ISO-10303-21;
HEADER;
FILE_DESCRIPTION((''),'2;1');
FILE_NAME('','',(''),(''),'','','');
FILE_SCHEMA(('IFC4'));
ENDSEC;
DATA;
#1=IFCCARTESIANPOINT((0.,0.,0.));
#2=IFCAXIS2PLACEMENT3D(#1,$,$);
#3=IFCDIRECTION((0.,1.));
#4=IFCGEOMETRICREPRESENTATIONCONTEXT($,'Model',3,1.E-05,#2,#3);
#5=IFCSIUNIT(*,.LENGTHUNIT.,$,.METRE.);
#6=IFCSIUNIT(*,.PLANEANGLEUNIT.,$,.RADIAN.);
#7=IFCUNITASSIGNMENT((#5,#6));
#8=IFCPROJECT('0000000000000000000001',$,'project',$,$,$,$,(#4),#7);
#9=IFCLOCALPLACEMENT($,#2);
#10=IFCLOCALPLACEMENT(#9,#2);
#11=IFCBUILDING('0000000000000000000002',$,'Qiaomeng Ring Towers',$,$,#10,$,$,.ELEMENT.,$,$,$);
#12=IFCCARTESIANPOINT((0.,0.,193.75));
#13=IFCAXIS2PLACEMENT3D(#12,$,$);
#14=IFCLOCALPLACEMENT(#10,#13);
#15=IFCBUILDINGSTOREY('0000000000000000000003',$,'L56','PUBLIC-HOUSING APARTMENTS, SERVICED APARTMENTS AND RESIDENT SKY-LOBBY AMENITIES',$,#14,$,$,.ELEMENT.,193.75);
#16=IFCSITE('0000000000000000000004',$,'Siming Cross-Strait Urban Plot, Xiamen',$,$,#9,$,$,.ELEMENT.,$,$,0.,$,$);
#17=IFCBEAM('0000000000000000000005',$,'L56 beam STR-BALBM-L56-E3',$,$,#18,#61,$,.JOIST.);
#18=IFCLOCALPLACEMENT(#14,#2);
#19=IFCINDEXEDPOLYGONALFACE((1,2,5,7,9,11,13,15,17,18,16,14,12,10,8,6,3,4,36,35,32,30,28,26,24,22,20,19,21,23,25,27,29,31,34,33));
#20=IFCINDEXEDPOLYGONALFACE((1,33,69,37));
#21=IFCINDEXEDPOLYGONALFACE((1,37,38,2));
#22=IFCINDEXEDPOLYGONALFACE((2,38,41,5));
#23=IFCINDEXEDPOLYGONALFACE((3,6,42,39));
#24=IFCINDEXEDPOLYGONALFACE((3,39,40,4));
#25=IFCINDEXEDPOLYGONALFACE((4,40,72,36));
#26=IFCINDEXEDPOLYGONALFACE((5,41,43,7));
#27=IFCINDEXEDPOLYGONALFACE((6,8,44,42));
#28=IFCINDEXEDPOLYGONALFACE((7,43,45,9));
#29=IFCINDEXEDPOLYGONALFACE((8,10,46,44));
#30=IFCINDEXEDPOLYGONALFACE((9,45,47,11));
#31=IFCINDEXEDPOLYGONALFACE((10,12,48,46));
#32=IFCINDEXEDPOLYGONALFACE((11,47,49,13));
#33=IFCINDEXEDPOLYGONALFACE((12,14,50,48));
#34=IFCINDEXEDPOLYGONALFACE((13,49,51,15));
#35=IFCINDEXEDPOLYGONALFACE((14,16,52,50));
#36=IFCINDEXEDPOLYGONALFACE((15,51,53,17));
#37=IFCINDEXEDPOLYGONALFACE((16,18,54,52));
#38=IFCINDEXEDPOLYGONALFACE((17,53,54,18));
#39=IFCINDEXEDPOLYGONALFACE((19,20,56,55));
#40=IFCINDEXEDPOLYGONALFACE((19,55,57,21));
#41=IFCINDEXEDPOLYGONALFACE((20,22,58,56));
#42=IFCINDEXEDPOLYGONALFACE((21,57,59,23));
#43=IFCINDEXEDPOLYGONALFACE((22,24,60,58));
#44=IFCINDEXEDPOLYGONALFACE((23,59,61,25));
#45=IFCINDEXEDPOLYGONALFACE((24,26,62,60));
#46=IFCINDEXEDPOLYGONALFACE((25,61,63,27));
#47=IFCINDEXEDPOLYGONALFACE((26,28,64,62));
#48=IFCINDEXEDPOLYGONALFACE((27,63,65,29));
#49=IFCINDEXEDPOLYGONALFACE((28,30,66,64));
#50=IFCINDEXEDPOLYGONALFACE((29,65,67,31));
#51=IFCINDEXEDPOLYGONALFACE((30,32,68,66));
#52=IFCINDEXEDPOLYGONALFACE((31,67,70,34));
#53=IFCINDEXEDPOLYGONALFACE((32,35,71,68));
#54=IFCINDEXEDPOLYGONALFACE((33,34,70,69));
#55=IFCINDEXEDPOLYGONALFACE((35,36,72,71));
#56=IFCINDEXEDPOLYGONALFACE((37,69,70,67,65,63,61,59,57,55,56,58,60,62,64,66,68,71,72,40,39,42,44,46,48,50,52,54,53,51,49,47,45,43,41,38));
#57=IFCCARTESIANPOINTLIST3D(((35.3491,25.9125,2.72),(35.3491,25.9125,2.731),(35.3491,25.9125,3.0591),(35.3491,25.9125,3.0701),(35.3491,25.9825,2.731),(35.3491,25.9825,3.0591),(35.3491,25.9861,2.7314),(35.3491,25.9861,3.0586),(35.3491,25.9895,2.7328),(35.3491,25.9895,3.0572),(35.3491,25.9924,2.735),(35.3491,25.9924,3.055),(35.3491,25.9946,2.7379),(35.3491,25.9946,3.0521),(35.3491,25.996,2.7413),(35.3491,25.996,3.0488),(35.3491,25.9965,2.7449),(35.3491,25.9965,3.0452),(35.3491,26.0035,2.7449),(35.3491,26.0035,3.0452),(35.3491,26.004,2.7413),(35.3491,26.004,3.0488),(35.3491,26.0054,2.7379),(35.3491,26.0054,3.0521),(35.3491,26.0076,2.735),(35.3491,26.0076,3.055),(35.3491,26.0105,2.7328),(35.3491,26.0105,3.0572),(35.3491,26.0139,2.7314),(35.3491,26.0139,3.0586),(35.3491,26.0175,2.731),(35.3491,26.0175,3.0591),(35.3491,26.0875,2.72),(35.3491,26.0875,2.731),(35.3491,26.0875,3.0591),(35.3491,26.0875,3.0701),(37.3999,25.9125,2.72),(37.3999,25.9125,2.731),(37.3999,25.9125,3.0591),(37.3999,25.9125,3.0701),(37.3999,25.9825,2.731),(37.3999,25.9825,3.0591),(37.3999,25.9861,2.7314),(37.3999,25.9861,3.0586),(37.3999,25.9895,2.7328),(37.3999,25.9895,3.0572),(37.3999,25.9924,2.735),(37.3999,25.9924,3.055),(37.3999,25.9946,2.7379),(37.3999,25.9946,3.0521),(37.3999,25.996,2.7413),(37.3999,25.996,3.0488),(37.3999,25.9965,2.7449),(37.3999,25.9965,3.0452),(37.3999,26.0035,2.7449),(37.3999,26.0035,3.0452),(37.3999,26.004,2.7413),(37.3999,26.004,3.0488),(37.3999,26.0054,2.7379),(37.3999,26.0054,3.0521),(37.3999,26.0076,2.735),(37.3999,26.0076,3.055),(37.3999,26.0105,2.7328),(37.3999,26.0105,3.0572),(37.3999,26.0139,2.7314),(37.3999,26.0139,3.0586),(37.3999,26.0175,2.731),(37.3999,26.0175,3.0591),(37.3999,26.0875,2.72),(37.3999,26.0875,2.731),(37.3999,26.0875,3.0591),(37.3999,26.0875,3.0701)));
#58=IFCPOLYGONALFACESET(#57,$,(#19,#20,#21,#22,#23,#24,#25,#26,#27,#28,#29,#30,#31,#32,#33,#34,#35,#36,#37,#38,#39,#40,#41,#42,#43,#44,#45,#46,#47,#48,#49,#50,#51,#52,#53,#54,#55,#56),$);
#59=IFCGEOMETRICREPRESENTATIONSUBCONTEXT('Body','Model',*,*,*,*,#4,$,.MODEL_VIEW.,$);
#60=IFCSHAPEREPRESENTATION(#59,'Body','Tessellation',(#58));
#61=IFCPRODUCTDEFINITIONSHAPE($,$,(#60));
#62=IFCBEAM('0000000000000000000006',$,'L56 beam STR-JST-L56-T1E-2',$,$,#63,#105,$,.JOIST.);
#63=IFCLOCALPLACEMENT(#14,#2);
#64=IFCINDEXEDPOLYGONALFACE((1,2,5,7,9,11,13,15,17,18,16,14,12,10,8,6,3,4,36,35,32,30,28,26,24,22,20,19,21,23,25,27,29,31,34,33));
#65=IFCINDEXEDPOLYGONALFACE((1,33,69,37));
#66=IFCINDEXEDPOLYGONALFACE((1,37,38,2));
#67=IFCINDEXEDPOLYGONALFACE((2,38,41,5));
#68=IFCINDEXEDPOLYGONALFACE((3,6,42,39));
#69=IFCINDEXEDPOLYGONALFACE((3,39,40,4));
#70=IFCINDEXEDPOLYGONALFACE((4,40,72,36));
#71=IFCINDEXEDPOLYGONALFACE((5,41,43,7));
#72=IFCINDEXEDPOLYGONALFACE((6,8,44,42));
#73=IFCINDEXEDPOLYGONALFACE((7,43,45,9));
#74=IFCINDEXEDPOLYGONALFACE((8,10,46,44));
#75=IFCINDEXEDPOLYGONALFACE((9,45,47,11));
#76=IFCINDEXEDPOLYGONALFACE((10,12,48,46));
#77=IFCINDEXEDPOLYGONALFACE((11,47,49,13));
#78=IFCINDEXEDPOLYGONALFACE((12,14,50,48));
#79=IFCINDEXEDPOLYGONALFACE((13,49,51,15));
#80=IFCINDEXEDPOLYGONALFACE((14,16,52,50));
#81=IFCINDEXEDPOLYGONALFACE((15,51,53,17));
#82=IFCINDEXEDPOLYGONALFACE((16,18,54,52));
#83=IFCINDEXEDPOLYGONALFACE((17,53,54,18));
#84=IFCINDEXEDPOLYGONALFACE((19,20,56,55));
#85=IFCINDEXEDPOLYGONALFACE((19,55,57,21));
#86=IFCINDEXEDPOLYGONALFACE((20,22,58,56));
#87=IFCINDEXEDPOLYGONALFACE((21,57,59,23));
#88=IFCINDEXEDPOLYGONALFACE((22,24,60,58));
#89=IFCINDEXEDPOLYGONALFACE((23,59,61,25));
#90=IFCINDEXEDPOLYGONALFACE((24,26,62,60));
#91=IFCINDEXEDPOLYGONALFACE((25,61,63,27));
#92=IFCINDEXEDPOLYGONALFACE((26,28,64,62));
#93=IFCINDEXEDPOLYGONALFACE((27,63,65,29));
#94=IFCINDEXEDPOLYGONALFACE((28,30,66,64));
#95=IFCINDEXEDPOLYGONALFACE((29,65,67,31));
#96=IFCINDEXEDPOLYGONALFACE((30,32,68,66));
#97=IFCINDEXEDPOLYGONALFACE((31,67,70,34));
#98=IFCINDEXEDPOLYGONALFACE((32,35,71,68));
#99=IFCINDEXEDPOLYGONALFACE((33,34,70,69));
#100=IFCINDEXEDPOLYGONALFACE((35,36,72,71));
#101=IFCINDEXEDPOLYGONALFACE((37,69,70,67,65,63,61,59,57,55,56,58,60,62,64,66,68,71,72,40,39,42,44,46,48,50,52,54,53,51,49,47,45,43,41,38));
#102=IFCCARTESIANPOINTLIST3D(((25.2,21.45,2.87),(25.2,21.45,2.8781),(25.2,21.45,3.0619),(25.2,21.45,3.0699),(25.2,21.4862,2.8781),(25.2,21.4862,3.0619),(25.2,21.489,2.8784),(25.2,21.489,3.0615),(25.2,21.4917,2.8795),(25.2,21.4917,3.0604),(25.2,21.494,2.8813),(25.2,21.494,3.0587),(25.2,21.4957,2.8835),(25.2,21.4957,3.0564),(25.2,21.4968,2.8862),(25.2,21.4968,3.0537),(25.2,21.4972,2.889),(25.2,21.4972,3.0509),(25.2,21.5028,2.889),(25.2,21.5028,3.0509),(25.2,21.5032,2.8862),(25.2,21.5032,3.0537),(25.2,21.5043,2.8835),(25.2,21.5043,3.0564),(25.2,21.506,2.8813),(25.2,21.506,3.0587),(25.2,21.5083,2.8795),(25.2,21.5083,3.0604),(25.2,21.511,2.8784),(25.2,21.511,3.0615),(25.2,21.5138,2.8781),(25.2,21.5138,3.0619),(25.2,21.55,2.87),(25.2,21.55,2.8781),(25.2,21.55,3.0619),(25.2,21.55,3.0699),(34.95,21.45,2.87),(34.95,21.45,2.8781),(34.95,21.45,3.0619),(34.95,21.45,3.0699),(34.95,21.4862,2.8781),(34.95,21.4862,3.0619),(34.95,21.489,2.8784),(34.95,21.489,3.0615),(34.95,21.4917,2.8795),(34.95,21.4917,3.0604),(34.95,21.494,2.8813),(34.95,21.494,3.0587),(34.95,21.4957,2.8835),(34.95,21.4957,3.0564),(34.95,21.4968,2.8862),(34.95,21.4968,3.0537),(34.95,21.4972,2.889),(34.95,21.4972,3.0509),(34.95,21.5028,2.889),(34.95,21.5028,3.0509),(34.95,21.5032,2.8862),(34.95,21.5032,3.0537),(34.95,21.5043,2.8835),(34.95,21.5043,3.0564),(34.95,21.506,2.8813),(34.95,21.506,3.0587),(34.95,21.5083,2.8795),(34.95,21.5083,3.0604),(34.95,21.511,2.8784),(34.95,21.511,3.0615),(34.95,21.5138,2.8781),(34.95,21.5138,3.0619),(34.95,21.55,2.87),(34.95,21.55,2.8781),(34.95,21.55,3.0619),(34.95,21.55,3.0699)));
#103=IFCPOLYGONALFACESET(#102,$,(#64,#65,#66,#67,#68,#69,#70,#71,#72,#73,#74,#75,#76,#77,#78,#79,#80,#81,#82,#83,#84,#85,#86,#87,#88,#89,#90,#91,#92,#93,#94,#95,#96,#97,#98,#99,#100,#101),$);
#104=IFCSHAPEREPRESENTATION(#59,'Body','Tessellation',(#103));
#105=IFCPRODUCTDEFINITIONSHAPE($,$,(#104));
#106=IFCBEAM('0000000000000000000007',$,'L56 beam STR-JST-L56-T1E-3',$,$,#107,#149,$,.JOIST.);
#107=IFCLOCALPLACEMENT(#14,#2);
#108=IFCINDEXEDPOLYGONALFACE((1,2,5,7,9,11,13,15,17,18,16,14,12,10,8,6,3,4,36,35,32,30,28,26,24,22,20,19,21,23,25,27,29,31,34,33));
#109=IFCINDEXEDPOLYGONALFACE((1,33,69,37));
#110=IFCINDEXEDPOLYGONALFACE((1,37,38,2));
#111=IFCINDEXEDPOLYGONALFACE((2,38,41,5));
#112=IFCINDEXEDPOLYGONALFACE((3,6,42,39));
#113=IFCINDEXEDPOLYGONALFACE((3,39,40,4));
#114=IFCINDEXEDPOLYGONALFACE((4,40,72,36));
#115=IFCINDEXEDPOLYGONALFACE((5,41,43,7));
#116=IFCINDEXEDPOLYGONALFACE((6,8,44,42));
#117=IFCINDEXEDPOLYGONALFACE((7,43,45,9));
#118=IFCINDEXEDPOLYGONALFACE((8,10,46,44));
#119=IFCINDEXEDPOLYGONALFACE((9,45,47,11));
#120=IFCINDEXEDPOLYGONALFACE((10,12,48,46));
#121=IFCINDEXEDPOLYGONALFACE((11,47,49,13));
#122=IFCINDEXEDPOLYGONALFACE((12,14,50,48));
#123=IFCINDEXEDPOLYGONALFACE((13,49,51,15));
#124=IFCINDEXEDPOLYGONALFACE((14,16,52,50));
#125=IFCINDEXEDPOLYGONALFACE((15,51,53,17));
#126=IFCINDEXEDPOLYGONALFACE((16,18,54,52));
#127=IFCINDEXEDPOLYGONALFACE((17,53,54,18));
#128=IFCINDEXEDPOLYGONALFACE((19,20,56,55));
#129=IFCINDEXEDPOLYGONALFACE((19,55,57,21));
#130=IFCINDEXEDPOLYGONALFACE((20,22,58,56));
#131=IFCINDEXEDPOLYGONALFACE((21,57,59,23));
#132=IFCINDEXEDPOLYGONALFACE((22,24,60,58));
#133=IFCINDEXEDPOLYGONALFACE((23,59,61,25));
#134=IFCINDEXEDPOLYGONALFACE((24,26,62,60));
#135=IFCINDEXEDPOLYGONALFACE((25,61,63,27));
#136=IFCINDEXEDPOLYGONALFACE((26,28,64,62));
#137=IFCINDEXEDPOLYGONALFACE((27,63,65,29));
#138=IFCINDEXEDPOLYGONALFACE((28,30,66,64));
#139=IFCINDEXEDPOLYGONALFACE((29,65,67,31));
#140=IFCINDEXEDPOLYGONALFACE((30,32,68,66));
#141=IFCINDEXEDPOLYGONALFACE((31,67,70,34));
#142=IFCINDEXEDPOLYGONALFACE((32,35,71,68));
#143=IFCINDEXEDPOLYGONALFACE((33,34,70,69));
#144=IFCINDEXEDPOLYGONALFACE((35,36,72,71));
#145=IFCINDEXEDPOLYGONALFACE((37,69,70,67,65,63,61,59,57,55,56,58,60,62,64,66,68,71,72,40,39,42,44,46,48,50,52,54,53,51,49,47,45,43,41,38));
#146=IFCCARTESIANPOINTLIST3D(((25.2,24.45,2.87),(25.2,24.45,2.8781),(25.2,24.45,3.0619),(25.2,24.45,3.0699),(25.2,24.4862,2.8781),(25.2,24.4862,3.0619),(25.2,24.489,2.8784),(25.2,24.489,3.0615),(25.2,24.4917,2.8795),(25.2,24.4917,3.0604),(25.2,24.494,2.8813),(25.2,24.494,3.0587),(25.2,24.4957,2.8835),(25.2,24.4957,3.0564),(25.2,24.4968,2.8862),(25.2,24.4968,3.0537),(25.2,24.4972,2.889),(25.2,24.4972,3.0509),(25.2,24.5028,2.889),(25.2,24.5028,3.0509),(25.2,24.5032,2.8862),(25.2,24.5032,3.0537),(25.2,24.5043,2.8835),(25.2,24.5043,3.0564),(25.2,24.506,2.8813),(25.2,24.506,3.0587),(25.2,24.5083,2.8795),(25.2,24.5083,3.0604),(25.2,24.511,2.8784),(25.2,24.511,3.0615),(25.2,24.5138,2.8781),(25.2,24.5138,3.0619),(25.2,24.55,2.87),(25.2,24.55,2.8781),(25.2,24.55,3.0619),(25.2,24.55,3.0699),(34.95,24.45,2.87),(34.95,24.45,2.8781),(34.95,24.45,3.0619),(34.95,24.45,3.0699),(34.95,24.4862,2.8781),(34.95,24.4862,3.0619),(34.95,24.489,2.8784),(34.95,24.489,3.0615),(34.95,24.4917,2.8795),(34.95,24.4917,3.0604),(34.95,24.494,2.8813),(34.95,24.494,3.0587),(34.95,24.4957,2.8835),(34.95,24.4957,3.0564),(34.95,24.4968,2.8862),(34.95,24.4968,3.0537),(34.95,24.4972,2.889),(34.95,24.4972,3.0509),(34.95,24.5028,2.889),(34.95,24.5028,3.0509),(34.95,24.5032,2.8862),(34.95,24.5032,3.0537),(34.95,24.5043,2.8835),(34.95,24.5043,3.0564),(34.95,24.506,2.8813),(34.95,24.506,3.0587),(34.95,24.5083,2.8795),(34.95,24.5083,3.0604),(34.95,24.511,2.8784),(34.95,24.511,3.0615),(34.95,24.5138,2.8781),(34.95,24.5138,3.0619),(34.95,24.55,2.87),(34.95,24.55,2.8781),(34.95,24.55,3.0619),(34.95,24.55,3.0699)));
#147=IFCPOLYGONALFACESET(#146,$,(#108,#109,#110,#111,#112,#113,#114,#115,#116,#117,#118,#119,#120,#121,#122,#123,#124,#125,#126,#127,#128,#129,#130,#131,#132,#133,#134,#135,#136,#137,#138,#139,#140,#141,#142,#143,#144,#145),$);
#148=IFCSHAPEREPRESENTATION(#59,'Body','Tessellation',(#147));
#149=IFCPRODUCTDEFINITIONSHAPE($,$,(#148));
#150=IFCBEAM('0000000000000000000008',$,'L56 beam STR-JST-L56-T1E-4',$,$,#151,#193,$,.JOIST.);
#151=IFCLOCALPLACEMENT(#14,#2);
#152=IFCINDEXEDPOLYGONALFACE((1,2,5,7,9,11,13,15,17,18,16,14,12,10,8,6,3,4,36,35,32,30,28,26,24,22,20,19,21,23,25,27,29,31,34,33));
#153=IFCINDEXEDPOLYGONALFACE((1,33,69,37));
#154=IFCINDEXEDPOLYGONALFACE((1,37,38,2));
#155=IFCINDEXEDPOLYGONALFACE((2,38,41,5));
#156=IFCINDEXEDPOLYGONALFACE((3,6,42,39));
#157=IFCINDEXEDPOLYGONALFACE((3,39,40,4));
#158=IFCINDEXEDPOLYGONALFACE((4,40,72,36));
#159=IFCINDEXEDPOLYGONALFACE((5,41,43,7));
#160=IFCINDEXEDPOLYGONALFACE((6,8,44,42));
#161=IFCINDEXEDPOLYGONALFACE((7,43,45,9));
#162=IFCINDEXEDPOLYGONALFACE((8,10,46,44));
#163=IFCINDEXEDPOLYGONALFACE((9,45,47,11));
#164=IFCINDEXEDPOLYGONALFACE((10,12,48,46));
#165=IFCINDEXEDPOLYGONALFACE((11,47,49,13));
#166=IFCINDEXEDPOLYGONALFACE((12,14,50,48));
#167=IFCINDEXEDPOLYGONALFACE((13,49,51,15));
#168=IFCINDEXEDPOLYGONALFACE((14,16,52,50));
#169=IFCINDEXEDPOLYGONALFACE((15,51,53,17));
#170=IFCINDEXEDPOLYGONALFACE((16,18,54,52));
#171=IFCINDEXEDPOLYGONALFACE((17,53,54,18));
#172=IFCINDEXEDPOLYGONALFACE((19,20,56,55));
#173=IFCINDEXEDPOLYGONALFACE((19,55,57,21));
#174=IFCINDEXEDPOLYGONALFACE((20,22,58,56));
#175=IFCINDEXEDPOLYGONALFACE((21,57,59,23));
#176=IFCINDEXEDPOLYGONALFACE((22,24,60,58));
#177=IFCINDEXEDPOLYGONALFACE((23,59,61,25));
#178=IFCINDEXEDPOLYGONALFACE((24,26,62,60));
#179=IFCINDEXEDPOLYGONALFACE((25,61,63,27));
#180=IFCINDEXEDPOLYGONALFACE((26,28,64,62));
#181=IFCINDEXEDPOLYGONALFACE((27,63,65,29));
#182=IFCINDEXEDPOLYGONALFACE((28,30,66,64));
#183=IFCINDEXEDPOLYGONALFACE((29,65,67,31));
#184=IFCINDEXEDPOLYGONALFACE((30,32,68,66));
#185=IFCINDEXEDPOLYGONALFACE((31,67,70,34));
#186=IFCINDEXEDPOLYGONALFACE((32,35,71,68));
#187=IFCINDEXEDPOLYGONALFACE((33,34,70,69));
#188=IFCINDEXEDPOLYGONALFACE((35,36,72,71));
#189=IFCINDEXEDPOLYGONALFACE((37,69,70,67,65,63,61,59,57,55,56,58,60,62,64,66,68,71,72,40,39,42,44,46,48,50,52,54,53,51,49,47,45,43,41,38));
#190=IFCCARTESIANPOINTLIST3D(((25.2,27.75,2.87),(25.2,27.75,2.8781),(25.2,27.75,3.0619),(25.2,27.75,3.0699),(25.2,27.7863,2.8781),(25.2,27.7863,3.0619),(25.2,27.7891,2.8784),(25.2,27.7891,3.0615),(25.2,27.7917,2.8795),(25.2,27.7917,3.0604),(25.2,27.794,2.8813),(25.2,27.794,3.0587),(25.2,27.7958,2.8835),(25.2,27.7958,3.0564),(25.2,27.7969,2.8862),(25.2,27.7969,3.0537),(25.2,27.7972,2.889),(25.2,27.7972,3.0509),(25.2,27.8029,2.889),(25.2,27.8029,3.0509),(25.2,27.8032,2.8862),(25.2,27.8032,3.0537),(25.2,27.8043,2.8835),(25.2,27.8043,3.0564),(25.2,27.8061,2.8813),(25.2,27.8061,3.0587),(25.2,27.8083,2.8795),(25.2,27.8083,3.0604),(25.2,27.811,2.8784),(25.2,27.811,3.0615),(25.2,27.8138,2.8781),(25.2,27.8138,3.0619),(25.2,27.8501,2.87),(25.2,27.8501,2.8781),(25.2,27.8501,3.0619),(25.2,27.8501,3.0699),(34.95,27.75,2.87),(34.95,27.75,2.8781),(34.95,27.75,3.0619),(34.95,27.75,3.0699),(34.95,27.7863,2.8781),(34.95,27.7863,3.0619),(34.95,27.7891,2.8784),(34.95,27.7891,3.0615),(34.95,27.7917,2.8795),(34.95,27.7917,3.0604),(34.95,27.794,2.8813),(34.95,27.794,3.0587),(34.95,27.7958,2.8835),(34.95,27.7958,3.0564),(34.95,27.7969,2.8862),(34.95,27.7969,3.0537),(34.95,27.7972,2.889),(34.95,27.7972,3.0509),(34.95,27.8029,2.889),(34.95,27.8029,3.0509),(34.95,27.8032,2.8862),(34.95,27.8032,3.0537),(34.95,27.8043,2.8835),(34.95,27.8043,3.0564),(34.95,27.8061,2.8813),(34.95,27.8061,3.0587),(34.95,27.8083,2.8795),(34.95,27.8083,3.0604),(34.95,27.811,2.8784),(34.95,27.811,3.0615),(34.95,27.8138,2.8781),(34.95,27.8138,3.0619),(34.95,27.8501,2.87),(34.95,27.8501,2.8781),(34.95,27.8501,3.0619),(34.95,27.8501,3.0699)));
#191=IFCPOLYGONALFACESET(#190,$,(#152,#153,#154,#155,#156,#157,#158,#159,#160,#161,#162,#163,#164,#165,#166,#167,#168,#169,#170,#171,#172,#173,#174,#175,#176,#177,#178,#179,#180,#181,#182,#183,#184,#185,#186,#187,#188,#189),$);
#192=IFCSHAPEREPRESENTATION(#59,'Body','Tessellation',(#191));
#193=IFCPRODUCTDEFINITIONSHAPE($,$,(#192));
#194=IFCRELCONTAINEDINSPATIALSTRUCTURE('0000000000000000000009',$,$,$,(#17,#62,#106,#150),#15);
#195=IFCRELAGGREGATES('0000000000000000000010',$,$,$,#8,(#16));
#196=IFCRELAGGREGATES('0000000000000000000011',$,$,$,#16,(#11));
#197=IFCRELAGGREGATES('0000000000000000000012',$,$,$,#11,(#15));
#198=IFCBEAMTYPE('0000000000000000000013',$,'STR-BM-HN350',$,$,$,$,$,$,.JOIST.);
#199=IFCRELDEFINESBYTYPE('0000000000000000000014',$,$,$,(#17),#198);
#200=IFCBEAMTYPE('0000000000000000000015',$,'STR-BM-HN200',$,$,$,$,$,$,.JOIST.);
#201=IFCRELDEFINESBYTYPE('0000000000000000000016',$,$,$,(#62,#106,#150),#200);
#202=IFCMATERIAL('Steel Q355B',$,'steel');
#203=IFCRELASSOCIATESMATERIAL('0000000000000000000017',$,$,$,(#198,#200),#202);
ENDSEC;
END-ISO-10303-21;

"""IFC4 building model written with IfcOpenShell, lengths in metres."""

from ifc_helpers import new_model, si_unit, direction, frame, origin, origin_2d, place, context, subcontext, project, spatial, i_section, extrude, source, transform, mapped, material, material_profile, profile_set, type_object, element, save


model = new_model("IFC4")

# Units and contexts
model_context = context("Model", 3, precision=1e-05, world=origin(), true_north=direction((0.0, 1.0)))
body_context = subcontext(model_context, "Body", "Model", "MODEL_VIEW")
ifc_project = project(units=[si_unit("LENGTHUNIT", "METRE"), si_unit("PLANEANGLEUNIT", "RADIAN")], contexts=[model_context])

# Site, building, storey
site_placement = place(None, origin())
site = spatial("IfcSite", under=ifc_project, at=site_placement, Name="Siming Cross-Strait Urban Plot, Xiamen", CompositionType="ELEMENT", RefElevation=0.0)
building_placement = place(site_placement, origin())
building = spatial("IfcBuilding", under=site, at=building_placement, Name="Qiaomeng Ring Towers", CompositionType="ELEMENT")
storey_placement = place(building_placement, frame((0.0, 0.0, 193.75)))
storey = spatial("IfcBuildingStorey", under=building, at=storey_placement, Name="L56", Description="PUBLIC-HOUSING APARTMENTS, SERVICED APARTMENTS AND RESIDENT SKY-LOBBY AMENITIES", CompositionType="ELEMENT", Elevation=193.75)

# Beams
ifc_material_1 = material(Name="Steel Q355B", Category="steel")
ifc_material_profile_1 = material_profile(ifc_material_1, i_section(OverallWidth=0.175, OverallDepth=0.3501, WebThickness=0.0071, FlangeThickness=0.011, FilletRadius=0.0139, at=origin_2d()), Name="HN 350x175x7x11")
ifc_profile_set_1 = profile_set([ifc_material_profile_1], Name="Steel Q355B")
beam_type_1 = type_object("IfcBeamType", Name="STR-BM-HN350", PredefinedType="JOIST", material=ifc_profile_set_1)
shared_shape_1 = source(origin(), body_context, "Body", "SweptSolid", [
    extrude(i_section(OverallWidth=0.175, OverallDepth=0.3501, WebThickness=0.0071, FlangeThickness=0.011, FilletRadius=0.0139, at=origin_2d()), origin(), (0.0, 0.0, 1.0), 2.0508),
])
beam_1_placement = place(storey_placement, frame((35.3491, 26.0, 2.895), z_axis=(1.0, 0.0, 0.0), x_axis=(0.0, 1.0, 0.0)))
element("IfcBeam", 1, at=beam_1_placement, inside=storey, type_object=beam_type_1, Name="L56 beam STR-BALBM-L56-E3", PredefinedType="JOIST", context=body_context, shape_type="MappedRepresentation", body=[
    mapped(shared_shape_1, transform((0.0, 0.0, 0.0), x_axis=(1.0, 0.0, 0.0), y_axis=(0.0, 1.0, 0.0), z_axis=(0.0, 0.0, 1.0), scale=1.0)),
])
ifc_material_profile_2 = material_profile(ifc_material_1, i_section(OverallWidth=0.1001, OverallDepth=0.2, WebThickness=0.0056, FlangeThickness=0.0081, FilletRadius=0.011, at=origin_2d()), Name="HN 200x100x5.5x8")
ifc_profile_set_2 = profile_set([ifc_material_profile_2], Name="Steel Q355B")
beam_type_2 = type_object("IfcBeamType", Name="STR-BM-HN200", PredefinedType="JOIST", material=ifc_profile_set_2)
shared_shape_2 = source(origin(), body_context, "Body", "SweptSolid", [
    extrude(i_section(OverallWidth=0.1001, OverallDepth=0.2, WebThickness=0.0056, FlangeThickness=0.0081, FilletRadius=0.011, at=origin_2d()), origin(), (0.0, 0.0, 1.0), 9.75),
])
for number, where, z_axis, x_axis, name in (
    (2, (25.2, 21.5, 2.97), (1.0, 0.0, 0.0), (0.0, 1.0, 0.0), "L56 beam STR-JST-L56-T1E-2"),
    (3, (25.2, 24.5, 2.97), (1.0, 0.0, 0.0), (0.0, 1.0, 0.0), "L56 beam STR-JST-L56-T1E-3"),
    (4, (25.2, 27.8, 2.97), (1.0, 0.0, 0.0), (0.0, 1.0, 0.0), "L56 beam STR-JST-L56-T1E-4"),
):
    element("IfcBeam", number, at=place(storey_placement, frame(where, z_axis=z_axis, x_axis=x_axis)), inside=storey, type_object=beam_type_2, Name=name, PredefinedType="JOIST", context=body_context, shape_type="MappedRepresentation", body=[
        mapped(shared_shape_2, transform((0.0, 0.0, 0.0), x_axis=(1.0, 0.0, 0.0), y_axis=(0.0, 1.0, 0.0), z_axis=(0.0, 0.0, 1.0), scale=1.0)),
    ])

save(model, "model.ifc")
